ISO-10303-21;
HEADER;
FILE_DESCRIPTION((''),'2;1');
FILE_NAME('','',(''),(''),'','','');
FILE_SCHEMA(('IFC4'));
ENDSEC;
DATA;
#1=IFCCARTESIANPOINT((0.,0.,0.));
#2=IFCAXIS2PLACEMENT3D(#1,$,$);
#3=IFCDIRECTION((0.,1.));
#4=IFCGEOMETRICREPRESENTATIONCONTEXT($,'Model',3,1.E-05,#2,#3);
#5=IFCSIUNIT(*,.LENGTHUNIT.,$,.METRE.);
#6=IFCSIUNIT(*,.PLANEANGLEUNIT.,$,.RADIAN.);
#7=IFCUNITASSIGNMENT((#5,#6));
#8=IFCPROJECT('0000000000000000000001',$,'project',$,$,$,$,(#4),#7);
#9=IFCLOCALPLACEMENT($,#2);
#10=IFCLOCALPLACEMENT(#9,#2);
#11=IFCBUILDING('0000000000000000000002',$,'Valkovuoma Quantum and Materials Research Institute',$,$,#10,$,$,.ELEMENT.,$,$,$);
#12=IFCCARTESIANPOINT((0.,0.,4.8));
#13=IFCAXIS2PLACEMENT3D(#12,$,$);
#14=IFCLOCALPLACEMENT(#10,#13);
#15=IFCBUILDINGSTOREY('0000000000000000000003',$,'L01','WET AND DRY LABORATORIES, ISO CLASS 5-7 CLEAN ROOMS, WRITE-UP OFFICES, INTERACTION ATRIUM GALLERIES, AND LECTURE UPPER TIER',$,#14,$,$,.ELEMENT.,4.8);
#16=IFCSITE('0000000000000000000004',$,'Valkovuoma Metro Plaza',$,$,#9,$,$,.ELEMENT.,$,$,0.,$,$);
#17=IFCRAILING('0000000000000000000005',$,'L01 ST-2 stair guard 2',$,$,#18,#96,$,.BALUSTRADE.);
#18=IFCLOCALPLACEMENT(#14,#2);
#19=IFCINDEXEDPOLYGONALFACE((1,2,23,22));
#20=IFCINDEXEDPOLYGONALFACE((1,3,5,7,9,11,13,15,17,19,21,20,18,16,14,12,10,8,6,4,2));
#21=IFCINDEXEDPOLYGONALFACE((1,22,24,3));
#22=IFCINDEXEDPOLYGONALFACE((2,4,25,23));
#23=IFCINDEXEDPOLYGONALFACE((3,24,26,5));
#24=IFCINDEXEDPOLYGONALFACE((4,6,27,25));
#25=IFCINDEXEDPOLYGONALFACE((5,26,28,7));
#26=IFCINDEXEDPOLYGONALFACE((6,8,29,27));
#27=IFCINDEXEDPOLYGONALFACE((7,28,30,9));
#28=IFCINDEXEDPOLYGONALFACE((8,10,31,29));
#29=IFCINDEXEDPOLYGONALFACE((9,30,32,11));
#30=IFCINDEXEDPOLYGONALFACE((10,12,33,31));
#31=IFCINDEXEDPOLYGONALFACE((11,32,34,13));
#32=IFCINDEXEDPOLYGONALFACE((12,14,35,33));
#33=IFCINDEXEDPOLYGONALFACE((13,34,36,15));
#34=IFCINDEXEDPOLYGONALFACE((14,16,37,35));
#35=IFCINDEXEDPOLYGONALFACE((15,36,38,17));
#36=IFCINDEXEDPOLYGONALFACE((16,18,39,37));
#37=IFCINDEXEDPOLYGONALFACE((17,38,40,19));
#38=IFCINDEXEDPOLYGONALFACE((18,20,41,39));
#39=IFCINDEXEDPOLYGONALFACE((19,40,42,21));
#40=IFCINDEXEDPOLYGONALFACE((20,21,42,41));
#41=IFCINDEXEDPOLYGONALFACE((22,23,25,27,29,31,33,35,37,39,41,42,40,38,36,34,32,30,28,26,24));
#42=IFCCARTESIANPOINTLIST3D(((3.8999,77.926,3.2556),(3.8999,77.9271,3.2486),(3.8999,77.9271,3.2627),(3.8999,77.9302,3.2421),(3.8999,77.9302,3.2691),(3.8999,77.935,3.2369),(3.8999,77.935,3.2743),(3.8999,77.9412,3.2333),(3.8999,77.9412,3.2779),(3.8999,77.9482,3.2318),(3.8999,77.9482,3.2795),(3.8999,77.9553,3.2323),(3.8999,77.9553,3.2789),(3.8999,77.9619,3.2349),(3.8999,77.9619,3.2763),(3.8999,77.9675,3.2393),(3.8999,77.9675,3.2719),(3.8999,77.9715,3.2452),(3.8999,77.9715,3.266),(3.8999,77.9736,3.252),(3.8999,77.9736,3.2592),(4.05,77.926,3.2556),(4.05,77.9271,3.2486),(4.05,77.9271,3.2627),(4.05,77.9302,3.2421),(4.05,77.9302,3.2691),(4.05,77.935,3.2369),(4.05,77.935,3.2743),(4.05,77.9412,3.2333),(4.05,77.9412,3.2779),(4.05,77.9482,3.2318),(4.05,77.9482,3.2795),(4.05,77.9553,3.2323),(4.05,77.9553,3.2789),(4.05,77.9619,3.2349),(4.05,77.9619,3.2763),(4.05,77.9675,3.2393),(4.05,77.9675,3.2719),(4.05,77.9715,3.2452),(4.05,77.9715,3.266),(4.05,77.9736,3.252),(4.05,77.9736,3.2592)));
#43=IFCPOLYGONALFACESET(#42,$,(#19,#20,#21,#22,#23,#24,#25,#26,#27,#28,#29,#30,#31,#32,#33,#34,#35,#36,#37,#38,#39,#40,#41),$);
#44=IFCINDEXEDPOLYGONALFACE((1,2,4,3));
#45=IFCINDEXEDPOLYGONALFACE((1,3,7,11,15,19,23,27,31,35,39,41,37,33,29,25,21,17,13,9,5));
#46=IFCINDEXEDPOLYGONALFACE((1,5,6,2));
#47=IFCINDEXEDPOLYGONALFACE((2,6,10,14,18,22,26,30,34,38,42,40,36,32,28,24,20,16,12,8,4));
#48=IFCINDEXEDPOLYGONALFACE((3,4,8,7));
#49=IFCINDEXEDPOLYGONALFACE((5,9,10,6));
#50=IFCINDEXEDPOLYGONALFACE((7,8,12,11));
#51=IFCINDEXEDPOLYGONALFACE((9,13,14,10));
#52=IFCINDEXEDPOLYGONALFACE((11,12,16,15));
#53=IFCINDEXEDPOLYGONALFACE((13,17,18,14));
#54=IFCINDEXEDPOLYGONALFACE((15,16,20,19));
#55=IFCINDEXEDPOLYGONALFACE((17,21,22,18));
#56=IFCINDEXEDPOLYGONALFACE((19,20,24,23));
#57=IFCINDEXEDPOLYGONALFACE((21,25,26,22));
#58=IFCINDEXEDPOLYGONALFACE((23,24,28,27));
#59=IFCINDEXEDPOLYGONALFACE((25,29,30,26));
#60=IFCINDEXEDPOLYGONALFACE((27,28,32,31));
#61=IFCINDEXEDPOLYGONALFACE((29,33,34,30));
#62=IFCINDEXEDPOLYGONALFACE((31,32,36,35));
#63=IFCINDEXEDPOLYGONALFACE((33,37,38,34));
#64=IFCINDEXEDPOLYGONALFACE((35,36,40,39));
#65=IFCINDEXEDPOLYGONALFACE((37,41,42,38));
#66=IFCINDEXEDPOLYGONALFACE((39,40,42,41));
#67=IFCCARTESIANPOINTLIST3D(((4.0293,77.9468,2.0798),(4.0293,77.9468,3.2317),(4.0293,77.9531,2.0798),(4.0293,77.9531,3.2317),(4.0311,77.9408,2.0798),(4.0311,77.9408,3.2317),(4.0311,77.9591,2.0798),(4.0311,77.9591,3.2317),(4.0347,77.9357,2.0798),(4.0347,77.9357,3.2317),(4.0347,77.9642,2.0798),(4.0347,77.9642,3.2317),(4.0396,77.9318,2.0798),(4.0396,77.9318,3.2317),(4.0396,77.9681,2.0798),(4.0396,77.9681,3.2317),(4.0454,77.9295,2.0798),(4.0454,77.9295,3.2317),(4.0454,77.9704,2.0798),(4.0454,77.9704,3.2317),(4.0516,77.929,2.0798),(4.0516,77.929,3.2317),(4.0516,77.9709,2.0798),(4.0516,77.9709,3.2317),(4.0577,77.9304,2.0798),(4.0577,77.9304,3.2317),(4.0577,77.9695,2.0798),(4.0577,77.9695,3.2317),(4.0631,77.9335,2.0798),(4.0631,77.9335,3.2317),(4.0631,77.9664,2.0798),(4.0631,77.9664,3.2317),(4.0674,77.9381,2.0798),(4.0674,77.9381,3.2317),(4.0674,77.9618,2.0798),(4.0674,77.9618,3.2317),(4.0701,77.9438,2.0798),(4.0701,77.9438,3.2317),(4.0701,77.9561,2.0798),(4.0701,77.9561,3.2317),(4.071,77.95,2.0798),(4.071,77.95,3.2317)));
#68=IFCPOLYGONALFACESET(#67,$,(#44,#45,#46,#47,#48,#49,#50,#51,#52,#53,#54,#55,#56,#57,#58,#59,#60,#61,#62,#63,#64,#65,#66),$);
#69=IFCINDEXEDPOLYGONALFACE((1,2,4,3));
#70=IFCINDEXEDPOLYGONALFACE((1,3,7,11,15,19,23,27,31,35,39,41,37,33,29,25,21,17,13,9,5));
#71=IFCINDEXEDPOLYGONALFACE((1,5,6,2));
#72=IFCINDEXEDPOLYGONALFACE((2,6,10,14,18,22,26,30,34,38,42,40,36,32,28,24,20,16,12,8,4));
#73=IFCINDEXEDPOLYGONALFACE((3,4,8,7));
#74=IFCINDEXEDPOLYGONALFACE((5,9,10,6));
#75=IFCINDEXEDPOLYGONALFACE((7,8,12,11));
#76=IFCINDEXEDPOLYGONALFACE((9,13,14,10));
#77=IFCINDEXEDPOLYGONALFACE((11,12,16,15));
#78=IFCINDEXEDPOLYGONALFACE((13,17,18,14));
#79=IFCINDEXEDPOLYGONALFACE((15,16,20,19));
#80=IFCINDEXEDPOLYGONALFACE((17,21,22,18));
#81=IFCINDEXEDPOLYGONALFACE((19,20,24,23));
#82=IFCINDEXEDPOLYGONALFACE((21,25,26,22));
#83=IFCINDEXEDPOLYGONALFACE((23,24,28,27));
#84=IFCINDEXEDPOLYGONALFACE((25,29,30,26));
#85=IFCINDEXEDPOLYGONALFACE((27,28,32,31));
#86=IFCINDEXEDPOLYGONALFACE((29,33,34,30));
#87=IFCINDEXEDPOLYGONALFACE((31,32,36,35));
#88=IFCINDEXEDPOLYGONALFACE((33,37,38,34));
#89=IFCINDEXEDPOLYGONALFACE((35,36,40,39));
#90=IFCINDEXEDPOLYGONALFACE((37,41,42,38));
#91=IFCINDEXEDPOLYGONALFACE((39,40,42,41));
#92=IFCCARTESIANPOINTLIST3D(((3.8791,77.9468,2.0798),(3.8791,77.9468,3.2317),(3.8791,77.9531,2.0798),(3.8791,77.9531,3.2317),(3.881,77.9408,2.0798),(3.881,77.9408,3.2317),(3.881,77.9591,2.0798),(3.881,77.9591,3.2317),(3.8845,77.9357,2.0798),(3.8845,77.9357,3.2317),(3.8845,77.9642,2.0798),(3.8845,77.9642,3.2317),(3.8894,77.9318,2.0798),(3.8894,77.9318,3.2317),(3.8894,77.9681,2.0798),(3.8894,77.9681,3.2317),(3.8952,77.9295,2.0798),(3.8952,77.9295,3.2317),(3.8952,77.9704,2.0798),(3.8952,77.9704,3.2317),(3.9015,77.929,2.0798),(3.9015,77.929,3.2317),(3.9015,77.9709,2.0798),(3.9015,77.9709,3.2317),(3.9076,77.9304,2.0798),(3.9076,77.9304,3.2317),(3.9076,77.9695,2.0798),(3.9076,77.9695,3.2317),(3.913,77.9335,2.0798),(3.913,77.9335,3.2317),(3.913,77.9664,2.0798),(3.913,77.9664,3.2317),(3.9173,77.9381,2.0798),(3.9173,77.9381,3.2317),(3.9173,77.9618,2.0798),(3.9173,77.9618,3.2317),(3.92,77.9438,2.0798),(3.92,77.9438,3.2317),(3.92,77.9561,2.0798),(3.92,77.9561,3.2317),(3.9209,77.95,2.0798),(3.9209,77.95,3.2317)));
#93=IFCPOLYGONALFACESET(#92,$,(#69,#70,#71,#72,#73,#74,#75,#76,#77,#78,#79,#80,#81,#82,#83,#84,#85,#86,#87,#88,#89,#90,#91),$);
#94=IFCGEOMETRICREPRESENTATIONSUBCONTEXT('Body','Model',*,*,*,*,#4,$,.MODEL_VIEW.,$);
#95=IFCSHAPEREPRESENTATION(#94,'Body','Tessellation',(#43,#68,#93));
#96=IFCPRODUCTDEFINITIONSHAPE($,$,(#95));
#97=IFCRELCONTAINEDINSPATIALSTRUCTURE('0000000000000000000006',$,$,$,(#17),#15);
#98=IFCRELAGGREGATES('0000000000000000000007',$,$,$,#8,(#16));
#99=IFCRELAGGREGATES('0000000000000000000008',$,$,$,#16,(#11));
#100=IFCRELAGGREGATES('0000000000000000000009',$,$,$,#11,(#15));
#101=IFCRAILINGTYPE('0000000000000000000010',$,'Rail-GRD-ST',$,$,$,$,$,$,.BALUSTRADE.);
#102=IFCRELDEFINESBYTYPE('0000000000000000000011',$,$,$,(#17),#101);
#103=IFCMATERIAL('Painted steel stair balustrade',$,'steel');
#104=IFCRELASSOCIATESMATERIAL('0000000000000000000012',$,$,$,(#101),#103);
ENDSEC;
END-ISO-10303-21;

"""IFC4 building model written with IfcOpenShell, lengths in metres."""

from ifc_helpers import new_model, si_unit, direction, frame, origin, origin_2d, place, context, subcontext, project, spatial, circle, extrude, material, type_object, element, save


model = new_model("IFC4")

# Units and contexts
model_context = context("Model", 3, precision=1e-05, world=origin(), true_north=direction((0.0, 1.0)))
body_context = subcontext(model_context, "Body", "Model", "MODEL_VIEW")
ifc_project = project(units=[si_unit("LENGTHUNIT", "METRE"), si_unit("PLANEANGLEUNIT", "RADIAN")], contexts=[model_context])

# Site, building, storey
site_placement = place(None, origin())
site = spatial("IfcSite", under=ifc_project, at=site_placement, Name="Valkovuoma Metro Plaza", CompositionType="ELEMENT", RefElevation=0.0)
building_placement = place(site_placement, origin())
building = spatial("IfcBuilding", under=site, at=building_placement, Name="Valkovuoma Quantum and Materials Research Institute", CompositionType="ELEMENT")
storey_placement = place(building_placement, frame((0.0, 0.0, 4.8)))
storey = spatial("IfcBuildingStorey", under=building, at=storey_placement, Name="L01", Description="WET AND DRY LABORATORIES, ISO CLASS 5-7 CLEAN ROOMS, WRITE-UP OFFICES, INTERACTION ATRIUM GALLERIES, AND LECTURE UPPER TIER", CompositionType="ELEMENT", Elevation=4.8)

# Railing
ifc_material_1 = material(Name="Painted steel stair balustrade", Category="steel")
railing_type_1 = type_object("IfcRailingType", Name="Rail-GRD-ST", PredefinedType="BALUSTRADE", material=ifc_material_1)
railing_1_placement = place(storey_placement, frame((4.05, 77.95, 2.0798)))
element("IfcRailing", 1, at=railing_1_placement, inside=storey, type_object=railing_type_1, Name="L01 ST-2 stair guard 2", PredefinedType="BALUSTRADE", context=body_context, shape_type="SweptSolid", body=[
    extrude(circle(Radius=0.0239, at=origin_2d()), frame((0.0, 0.0, 1.1758), z_axis=(-1.0, 0.0, 0.0), x_axis=(0.0, -1.0, 0.0)), (0.0, 0.0, 1.0), 0.1501),
    extrude(circle(Radius=0.021, at=origin_2d()), origin(), (0.0, 0.0, 1.0), 1.1519),
    extrude(circle(Radius=0.021, at=origin_2d()), frame((-0.1501, 0.0, 0.0)), (0.0, 0.0, 1.0), 1.1519),
])

save(model, "model.ifc")
